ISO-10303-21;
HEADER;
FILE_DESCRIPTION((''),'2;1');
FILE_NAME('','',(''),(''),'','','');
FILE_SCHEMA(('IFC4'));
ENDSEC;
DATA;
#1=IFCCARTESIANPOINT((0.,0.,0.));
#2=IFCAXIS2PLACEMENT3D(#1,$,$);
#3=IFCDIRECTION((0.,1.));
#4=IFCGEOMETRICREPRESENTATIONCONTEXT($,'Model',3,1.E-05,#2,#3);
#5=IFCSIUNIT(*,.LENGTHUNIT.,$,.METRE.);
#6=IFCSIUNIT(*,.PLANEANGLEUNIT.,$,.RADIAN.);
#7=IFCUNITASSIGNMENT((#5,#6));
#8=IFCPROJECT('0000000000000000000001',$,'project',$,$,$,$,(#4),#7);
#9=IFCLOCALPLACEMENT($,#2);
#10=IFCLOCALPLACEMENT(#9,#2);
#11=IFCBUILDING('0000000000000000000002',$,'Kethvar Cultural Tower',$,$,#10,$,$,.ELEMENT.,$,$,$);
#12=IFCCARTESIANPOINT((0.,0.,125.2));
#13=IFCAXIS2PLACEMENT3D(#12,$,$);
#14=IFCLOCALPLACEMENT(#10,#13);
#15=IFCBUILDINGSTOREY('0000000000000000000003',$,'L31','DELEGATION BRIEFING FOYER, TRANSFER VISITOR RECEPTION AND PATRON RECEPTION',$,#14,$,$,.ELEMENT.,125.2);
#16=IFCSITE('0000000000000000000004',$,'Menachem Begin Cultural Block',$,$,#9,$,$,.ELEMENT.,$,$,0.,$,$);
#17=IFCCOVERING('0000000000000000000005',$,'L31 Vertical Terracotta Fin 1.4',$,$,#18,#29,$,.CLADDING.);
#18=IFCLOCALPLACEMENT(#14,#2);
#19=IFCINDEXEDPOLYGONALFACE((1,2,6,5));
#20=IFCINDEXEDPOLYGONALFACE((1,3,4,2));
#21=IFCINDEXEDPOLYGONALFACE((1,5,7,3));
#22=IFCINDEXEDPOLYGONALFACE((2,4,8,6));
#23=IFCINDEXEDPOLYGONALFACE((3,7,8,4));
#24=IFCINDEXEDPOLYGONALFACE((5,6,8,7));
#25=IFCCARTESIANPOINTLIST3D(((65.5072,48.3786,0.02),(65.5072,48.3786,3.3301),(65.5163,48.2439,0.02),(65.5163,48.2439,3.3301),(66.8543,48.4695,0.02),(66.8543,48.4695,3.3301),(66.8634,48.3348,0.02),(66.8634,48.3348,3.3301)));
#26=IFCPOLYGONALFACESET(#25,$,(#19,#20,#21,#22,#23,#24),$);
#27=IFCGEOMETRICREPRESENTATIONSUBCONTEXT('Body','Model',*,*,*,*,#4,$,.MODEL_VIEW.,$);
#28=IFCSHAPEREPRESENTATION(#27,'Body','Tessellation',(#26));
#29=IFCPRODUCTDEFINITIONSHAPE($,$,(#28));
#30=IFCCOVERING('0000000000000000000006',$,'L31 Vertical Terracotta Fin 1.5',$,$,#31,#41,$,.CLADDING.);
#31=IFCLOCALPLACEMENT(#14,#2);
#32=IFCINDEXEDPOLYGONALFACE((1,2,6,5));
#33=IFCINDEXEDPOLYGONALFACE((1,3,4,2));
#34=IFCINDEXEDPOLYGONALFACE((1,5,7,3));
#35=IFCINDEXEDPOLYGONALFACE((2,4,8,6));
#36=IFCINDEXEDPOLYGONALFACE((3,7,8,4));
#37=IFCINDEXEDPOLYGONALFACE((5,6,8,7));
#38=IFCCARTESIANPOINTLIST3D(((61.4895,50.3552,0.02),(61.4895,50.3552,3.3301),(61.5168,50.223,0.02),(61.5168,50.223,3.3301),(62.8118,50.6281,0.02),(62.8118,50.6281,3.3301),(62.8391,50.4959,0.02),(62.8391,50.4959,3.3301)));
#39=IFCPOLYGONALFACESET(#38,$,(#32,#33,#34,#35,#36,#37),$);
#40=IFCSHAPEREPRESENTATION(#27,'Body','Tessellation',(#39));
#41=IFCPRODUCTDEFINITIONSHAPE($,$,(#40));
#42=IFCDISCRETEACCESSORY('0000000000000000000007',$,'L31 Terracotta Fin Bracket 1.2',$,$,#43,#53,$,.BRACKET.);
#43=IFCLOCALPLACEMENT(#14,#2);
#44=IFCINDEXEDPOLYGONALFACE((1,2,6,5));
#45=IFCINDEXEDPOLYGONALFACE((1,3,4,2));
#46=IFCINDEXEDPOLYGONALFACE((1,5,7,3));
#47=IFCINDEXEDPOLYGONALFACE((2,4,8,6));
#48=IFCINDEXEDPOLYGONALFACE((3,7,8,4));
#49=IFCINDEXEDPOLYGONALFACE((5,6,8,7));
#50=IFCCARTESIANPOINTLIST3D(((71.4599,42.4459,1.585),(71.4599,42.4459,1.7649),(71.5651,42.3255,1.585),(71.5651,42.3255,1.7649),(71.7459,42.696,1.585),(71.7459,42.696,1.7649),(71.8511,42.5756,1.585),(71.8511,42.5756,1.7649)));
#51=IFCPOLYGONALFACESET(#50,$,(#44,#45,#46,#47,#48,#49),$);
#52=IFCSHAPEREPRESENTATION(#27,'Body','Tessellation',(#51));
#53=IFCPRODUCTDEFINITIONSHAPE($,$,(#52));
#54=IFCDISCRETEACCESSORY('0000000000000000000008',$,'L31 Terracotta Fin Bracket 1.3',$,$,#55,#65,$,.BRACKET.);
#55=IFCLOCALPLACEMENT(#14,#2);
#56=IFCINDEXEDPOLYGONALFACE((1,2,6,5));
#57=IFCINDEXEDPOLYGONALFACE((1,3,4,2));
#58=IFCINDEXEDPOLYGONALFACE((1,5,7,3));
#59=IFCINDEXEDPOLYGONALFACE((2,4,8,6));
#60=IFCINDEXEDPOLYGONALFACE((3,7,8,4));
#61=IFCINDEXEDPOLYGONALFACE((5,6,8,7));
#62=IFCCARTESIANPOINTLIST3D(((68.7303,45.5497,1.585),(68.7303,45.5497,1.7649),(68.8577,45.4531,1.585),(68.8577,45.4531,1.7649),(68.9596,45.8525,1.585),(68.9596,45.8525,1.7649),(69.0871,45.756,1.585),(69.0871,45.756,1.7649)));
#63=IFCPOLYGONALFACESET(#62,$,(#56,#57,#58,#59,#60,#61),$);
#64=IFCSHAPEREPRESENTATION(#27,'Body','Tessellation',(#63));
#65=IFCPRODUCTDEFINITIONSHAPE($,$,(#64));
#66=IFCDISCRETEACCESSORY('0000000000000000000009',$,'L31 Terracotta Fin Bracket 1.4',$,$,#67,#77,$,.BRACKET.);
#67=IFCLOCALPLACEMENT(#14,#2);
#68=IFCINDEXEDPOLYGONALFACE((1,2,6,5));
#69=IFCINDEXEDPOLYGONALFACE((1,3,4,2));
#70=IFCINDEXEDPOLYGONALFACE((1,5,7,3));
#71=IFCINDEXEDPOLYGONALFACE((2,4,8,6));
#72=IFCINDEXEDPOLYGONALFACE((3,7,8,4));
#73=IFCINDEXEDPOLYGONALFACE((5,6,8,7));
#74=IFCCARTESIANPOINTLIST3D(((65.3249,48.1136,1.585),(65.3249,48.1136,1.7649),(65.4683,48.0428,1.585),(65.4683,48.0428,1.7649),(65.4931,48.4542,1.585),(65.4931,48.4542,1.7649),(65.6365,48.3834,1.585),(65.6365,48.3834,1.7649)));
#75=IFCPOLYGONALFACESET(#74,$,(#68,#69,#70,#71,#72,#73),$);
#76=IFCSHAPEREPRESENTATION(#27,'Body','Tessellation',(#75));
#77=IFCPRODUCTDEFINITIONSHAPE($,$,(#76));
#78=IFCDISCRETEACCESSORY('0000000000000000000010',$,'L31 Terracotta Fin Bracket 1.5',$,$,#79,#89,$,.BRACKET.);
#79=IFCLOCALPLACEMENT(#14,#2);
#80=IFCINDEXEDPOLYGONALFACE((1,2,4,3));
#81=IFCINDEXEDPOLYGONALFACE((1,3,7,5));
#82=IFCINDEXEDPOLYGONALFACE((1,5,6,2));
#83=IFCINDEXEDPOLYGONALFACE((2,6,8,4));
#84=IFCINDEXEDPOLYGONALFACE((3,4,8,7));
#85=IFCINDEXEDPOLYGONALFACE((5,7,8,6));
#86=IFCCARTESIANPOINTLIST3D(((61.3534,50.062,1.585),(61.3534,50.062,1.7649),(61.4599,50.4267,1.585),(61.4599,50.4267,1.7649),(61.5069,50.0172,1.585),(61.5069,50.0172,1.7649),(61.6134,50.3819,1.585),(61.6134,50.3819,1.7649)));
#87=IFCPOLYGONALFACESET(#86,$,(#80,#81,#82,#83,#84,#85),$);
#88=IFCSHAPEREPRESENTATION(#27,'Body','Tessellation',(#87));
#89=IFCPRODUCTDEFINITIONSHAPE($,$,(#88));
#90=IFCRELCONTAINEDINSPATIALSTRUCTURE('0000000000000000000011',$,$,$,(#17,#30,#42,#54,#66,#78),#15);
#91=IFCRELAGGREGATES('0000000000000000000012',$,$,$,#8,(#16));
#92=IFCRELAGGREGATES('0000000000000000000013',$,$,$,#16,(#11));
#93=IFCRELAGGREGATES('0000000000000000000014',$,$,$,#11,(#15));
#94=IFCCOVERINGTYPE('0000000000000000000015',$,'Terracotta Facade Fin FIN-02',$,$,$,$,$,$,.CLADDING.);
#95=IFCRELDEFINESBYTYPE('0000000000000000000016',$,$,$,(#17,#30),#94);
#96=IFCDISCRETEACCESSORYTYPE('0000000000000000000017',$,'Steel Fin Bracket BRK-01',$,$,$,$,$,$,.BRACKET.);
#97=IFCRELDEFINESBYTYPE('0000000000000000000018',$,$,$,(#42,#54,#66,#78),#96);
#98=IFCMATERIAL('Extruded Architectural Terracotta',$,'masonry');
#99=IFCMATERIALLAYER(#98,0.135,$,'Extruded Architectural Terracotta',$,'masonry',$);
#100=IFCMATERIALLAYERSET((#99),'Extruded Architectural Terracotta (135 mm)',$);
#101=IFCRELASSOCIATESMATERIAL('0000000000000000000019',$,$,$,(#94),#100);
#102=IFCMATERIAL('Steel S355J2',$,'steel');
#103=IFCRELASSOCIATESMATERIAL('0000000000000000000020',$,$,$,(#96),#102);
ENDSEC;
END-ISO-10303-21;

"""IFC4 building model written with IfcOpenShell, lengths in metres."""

from ifc_helpers import new_model, si_unit, direction, frame, origin, origin_2d, place, context, subcontext, project, spatial, rectangle, extrude, source, transform, mapped, material, layer, layer_set, type_object, element, save


model = new_model("IFC4")

# Units and contexts
model_context = context("Model", 3, precision=1e-05, world=origin(), true_north=direction((0.0, 1.0)))
body_context = subcontext(model_context, "Body", "Model", "MODEL_VIEW")
ifc_project = project(units=[si_unit("LENGTHUNIT", "METRE"), si_unit("PLANEANGLEUNIT", "RADIAN")], contexts=[model_context])

# Site, building, storey
site_placement = place(None, origin())
site = spatial("IfcSite", under=ifc_project, at=site_placement, Name="Menachem Begin Cultural Block", CompositionType="ELEMENT", RefElevation=0.0)
building_placement = place(site_placement, origin())
building = spatial("IfcBuilding", under=site, at=building_placement, Name="Kethvar Cultural Tower", CompositionType="ELEMENT")
storey_placement = place(building_placement, frame((0.0, 0.0, 125.2)))
storey = spatial("IfcBuildingStorey", under=building, at=storey_placement, Name="L31", Description="DELEGATION BRIEFING FOYER, TRANSFER VISITOR RECEPTION AND PATRON RECEPTION", CompositionType="ELEMENT", Elevation=125.2)

# Shared definitions
ifc_material_1 = material(Name="Steel S355J2", Category="steel")

# Coverings
ifc_material_2 = material(Name="Extruded Architectural Terracotta", Category="masonry")
ifc_layer_1 = layer(ifc_material_2, 0.135, Name="Extruded Architectural Terracotta", Category="masonry")
ifc_layer_set_1 = layer_set([ifc_layer_1], Name="Extruded Architectural Terracotta (135 mm)")
covering_type = type_object("IfcCoveringType", Name="Terracotta Facade Fin FIN-02", PredefinedType="CLADDING", material=ifc_layer_set_1)
shared_shape_1 = source(origin(), body_context, "Body", "SweptSolid", [
    extrude(rectangle(XDim=1.3501, YDim=0.135, at=origin_2d()), origin(), (0.0, 0.0, 1.0), 3.3101),
])
for number, where, z_axis, x_axis, name in (
    (1, (66.1853, 48.3567, 0.02), (0.0, 0.0, 1.0), (0.997732, 0.067319, 0.0), "L31 Vertical Terracotta Fin 1.4"),
    (2, (62.1643, 50.4255, 0.02), (0.0, 0.0, 1.0), (0.979364, 0.202104, 0.0), "L31 Vertical Terracotta Fin 1.5"),
):
    element("IfcCovering", number, at=place(storey_placement, frame(where, z_axis=z_axis, x_axis=x_axis)), inside=storey, type_object=covering_type, Name=name, PredefinedType="CLADDING", context=body_context, shape_type="MappedRepresentation", body=[
        mapped(shared_shape_1, transform((0.0, 0.0, 0.0), scale=1.0)),
    ])

# Discrete accessories
discrete_accessory_type = type_object("IfcDiscreteAccessoryType", Name="Steel Fin Bracket BRK-01", PredefinedType="BRACKET", material=ifc_material_1)
shared_shape_2 = source(origin(), body_context, "Body", "SweptSolid", [
    extrude(rectangle(XDim=0.3799, YDim=0.1599, at=origin_2d()), origin(), (0.0, 0.0, 1.0), 0.1799),
])
for number, where, z_axis, x_axis, name in (
    (3, (71.6555, 42.5107, 1.585), (0.0, 0.0, 1.0), (0.752875, 0.658164, 0.0), "L31 Terracotta Fin Bracket 1.2"),
    (4, (68.9087, 45.6528, 1.585), (0.0, 0.0, 1.0), (0.603765, 0.797163, 0.0), "L31 Terracotta Fin Bracket 1.3"),
    (5, (65.4807, 48.2485, 1.585), (0.0, 0.0, 1.0), (0.442758, 0.896641, 0.0), "L31 Terracotta Fin Bracket 1.4"),
    (6, (61.4834, 50.2219, 1.585), (0.0, 0.0, 1.0), (0.280164, 0.959952, 0.0), "L31 Terracotta Fin Bracket 1.5"),
):
    element("IfcDiscreteAccessory", number, at=place(storey_placement, frame(where, z_axis=z_axis, x_axis=x_axis)), inside=storey, type_object=discrete_accessory_type, Name=name, PredefinedType="BRACKET", context=body_context, shape_type="MappedRepresentation", body=[
        mapped(shared_shape_2, transform((0.0, 0.0, 0.0), scale=1.0)),
    ])

save(model, "model.ifc")
